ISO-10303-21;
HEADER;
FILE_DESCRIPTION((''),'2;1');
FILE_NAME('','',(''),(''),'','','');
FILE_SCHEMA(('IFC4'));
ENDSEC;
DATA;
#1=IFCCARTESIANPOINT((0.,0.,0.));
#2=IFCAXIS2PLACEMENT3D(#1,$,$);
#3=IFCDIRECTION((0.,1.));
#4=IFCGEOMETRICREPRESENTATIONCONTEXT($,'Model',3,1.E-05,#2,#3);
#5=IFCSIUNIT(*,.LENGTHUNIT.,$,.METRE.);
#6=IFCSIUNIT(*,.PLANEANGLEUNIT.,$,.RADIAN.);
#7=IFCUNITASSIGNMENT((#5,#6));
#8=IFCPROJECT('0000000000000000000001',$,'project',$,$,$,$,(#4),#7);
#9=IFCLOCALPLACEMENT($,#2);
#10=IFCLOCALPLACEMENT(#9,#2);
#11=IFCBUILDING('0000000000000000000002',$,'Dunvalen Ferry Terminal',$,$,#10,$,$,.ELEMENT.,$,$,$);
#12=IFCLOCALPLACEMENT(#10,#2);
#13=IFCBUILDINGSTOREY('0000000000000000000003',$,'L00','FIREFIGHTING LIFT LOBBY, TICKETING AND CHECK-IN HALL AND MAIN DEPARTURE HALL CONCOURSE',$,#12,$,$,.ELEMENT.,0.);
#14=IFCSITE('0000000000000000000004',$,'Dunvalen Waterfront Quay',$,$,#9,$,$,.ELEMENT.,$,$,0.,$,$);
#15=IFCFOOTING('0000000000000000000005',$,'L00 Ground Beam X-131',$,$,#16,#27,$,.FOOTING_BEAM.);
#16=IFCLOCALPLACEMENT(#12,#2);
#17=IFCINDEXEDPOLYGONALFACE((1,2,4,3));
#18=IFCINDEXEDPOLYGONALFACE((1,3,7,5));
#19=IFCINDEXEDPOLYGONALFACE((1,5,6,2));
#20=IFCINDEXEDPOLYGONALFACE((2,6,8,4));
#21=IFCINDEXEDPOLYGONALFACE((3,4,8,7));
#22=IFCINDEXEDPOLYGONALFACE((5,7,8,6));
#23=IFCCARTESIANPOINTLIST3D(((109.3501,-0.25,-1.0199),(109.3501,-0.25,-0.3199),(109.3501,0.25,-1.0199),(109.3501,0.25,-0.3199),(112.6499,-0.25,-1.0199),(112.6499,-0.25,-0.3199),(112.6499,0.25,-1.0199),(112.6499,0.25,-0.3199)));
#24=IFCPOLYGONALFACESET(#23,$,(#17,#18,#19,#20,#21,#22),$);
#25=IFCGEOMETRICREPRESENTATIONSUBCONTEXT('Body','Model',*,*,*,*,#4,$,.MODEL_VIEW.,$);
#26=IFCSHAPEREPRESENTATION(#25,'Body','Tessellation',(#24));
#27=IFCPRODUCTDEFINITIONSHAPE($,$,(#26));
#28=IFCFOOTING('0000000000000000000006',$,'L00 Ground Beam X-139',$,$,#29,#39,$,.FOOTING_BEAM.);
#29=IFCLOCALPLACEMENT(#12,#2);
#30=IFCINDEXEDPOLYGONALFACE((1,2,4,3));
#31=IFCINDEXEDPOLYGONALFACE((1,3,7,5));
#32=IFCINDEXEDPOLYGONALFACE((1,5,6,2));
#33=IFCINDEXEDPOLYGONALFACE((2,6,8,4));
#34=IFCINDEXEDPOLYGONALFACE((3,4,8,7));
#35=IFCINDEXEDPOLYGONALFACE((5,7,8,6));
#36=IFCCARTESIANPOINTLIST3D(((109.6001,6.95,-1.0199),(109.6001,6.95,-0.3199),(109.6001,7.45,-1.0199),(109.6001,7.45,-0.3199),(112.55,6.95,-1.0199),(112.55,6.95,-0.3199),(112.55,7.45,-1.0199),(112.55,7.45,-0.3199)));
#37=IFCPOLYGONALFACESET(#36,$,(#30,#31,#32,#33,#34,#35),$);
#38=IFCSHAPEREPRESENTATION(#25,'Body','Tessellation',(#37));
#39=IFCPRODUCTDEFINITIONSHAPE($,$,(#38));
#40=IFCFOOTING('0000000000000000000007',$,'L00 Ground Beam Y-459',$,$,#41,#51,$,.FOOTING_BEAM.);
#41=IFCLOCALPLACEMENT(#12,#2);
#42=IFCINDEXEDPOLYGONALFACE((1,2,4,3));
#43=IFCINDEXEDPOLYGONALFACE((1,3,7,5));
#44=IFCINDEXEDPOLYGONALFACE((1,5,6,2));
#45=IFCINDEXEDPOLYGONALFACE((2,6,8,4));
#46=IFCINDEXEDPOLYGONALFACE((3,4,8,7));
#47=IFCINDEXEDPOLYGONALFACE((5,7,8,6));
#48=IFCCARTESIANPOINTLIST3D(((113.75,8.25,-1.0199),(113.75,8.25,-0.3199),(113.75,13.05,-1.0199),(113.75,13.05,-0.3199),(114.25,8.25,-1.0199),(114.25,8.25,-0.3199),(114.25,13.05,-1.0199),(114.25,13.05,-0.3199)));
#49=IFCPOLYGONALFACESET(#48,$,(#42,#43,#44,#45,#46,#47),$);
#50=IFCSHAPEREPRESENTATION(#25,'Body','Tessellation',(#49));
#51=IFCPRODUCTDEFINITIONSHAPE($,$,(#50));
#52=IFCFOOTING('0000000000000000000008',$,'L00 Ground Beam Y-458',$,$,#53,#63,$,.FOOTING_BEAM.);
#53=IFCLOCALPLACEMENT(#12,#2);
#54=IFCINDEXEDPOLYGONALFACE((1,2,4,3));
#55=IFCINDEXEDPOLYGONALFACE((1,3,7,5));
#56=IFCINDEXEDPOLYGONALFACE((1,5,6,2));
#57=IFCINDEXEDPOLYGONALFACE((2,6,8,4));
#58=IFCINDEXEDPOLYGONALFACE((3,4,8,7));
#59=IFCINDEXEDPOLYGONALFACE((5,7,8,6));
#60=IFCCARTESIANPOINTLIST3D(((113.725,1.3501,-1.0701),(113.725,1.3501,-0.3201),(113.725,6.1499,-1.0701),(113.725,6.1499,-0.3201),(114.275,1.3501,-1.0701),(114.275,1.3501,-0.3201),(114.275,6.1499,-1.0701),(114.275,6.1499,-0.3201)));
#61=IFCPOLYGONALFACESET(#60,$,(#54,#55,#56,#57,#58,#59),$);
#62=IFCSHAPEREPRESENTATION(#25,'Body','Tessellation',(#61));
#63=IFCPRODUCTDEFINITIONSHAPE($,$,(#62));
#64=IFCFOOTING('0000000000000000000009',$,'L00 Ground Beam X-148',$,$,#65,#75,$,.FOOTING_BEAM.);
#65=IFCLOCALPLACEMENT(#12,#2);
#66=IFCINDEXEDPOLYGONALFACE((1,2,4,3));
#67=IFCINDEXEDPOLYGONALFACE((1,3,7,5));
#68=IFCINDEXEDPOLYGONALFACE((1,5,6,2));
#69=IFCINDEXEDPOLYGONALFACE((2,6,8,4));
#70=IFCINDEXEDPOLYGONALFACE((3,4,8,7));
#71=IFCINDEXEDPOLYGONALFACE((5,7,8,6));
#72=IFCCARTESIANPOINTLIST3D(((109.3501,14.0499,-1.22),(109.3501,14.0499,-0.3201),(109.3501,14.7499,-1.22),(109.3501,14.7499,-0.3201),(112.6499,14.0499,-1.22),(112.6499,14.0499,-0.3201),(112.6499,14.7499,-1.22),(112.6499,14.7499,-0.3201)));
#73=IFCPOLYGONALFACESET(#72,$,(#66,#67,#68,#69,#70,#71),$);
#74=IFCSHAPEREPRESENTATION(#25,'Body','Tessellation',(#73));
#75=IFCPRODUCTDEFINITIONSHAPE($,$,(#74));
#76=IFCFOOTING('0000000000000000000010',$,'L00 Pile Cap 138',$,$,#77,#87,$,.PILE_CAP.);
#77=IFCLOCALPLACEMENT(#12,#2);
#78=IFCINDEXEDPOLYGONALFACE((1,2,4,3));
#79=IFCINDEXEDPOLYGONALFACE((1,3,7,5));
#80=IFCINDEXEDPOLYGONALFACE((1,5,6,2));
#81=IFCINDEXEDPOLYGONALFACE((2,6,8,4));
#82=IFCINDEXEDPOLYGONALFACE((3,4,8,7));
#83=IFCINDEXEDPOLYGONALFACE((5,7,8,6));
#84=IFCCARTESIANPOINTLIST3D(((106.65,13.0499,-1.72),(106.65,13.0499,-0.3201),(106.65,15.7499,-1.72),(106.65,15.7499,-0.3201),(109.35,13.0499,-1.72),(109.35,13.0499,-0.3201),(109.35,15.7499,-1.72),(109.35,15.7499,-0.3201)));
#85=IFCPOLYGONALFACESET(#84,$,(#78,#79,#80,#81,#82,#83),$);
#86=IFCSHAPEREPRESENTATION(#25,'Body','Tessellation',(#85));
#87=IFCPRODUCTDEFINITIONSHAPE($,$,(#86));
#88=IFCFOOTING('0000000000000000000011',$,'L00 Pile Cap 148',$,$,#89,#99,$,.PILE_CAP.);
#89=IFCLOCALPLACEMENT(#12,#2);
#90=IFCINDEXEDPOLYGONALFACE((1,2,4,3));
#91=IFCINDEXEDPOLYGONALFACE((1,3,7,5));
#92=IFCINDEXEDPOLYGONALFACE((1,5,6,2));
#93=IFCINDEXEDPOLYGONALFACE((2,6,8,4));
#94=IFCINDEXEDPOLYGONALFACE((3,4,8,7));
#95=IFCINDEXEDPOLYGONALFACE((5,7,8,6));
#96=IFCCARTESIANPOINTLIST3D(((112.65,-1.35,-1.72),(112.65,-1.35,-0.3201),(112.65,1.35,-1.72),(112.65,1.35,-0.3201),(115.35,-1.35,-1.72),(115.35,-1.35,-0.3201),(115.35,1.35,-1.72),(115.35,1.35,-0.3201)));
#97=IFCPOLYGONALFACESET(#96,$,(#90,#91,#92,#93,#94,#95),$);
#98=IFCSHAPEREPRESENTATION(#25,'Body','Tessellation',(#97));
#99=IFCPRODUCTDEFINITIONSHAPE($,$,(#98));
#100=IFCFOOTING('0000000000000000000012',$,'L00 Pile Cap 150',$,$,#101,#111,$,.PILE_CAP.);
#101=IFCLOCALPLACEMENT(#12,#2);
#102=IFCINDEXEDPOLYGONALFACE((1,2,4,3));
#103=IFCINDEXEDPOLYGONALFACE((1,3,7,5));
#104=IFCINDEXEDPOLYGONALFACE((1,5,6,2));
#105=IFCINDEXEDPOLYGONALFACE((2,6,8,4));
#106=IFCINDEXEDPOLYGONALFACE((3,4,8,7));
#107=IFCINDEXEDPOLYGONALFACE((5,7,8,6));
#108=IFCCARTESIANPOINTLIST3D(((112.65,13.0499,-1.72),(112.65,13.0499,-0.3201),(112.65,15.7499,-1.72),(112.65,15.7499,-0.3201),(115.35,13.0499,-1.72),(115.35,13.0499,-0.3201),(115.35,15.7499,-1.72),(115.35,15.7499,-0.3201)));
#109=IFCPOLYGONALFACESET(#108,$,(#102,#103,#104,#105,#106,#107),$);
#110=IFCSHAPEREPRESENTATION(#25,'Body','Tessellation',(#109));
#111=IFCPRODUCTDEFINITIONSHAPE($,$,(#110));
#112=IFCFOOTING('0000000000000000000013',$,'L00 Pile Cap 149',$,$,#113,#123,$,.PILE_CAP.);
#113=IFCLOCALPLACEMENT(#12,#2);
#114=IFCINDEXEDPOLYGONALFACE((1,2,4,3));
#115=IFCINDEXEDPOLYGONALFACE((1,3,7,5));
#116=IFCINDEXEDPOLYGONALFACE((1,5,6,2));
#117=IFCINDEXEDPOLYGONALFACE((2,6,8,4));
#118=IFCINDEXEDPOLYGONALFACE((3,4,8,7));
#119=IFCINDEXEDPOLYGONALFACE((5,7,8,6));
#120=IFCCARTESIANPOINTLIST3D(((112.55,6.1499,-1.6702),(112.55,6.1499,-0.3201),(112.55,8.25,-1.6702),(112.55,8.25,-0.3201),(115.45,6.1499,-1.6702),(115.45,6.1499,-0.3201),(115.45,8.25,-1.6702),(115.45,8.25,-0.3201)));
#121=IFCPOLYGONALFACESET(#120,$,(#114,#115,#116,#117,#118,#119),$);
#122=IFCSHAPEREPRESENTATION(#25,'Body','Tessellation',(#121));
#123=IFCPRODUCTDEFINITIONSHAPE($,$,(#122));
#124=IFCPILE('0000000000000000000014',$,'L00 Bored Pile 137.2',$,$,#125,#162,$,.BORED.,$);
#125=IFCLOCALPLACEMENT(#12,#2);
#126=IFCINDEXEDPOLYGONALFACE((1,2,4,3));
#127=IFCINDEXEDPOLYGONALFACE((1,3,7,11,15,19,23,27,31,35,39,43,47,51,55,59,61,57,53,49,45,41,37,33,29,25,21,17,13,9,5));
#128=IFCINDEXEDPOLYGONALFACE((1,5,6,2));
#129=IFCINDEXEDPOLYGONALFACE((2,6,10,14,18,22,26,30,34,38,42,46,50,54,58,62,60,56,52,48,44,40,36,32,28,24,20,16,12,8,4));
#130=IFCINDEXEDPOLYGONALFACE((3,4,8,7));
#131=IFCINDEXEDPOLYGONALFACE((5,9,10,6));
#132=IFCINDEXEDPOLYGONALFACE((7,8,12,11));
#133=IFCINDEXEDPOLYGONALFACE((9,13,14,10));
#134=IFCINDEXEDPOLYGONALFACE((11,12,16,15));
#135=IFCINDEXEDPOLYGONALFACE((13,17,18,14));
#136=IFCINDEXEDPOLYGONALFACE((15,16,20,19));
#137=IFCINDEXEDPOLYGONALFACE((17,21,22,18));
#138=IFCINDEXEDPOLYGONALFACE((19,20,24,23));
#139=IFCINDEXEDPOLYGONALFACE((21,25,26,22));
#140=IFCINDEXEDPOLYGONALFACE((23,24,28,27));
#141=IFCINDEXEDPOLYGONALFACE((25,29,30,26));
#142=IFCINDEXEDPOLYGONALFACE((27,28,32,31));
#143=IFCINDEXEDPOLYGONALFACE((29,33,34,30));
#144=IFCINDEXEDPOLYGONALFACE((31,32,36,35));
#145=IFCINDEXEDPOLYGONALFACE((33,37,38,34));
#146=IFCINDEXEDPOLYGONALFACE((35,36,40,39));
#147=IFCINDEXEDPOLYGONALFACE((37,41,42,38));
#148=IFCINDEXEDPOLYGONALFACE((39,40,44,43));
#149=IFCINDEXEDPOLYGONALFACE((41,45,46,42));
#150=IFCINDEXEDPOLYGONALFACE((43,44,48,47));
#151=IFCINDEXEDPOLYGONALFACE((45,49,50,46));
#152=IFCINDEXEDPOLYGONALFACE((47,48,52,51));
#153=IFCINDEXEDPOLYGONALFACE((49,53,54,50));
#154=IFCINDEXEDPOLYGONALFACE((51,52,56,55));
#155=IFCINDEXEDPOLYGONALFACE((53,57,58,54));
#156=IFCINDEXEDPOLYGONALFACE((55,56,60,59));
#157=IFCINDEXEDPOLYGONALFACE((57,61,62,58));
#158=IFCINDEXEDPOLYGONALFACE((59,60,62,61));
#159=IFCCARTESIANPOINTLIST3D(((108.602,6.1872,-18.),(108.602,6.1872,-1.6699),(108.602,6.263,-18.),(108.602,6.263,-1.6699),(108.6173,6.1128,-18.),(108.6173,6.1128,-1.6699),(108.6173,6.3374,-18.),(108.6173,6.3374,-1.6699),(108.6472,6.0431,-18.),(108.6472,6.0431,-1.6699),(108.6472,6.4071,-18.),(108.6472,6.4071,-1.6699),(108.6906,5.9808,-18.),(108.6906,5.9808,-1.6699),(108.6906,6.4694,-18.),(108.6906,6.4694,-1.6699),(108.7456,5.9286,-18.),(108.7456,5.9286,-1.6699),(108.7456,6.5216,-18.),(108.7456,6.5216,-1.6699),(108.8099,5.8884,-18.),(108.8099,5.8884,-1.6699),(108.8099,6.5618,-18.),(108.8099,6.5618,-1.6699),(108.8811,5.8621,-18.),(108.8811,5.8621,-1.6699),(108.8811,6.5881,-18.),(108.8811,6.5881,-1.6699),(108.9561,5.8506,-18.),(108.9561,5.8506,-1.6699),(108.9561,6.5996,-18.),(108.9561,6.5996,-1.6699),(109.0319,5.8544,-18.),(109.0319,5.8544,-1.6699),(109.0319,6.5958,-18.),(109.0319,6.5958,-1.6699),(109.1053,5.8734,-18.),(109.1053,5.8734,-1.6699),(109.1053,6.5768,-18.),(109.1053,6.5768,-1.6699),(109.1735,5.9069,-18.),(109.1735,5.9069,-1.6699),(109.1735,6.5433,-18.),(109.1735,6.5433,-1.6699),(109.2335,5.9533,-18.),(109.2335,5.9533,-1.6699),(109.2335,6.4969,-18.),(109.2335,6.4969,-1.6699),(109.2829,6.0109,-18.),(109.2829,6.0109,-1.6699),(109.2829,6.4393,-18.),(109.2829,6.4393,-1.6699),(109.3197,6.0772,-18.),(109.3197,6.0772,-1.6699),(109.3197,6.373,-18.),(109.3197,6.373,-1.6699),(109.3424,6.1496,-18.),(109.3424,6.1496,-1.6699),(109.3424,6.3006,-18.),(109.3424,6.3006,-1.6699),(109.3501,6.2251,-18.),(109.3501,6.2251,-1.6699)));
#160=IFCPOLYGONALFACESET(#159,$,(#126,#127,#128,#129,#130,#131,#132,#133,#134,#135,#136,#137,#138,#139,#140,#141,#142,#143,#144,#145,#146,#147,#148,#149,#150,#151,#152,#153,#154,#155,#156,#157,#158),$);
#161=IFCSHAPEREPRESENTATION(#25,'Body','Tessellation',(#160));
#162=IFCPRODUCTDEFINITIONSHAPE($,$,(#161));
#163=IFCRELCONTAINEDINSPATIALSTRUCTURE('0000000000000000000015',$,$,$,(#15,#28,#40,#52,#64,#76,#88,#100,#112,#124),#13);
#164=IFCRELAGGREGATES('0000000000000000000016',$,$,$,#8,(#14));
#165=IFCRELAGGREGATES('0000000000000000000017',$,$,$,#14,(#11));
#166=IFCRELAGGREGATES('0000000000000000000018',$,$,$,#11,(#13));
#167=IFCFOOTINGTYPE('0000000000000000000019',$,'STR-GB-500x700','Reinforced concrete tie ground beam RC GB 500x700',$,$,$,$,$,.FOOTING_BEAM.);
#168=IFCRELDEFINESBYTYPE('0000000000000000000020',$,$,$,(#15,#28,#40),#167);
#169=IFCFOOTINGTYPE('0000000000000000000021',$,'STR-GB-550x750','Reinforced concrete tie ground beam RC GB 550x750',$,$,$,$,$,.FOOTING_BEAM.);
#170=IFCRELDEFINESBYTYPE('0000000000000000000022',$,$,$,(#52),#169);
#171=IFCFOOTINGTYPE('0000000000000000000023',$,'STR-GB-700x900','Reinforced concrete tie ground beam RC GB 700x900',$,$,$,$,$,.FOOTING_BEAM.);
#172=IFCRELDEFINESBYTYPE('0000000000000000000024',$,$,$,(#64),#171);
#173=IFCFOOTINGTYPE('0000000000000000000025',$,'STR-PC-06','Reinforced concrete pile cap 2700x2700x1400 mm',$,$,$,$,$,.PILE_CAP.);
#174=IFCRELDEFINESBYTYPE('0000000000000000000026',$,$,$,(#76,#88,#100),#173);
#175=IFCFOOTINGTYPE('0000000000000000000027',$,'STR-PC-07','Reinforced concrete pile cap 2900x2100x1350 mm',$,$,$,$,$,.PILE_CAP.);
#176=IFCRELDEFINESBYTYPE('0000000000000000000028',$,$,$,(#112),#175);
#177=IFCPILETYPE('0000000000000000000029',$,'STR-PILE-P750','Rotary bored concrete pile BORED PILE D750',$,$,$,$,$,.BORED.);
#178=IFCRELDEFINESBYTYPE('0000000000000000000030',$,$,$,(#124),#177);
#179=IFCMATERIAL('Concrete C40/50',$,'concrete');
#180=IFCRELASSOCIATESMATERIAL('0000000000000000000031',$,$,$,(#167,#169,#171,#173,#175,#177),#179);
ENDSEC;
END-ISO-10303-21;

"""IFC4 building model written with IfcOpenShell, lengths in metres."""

from ifc_helpers import new_model, si_unit, direction, frame, origin, origin_2d, place, context, subcontext, project, spatial, rectangle, circle, extrude, material, material_profile, profile_set, type_object, element, save


model = new_model("IFC4")

# Units and contexts
model_context = context("Model", 3, precision=1e-05, world=origin(), true_north=direction((0.0, 1.0)))
body_context = subcontext(model_context, "Body", "Model", "MODEL_VIEW")
ifc_project = project(units=[si_unit("LENGTHUNIT", "METRE"), si_unit("PLANEANGLEUNIT", "RADIAN")], contexts=[model_context])

# Site, building, storey
site_placement = place(None, origin())
site = spatial("IfcSite", under=ifc_project, at=site_placement, Name="Dunvalen Waterfront Quay", CompositionType="ELEMENT", RefElevation=0.0)
building_placement = place(site_placement, origin())
building = spatial("IfcBuilding", under=site, at=building_placement, Name="Dunvalen Ferry Terminal", CompositionType="ELEMENT")
storey_placement = place(building_placement, origin())
storey = spatial("IfcBuildingStorey", under=building, at=storey_placement, Name="L00", Description="FIREFIGHTING LIFT LOBBY, TICKETING AND CHECK-IN HALL AND MAIN DEPARTURE HALL CONCOURSE", CompositionType="ELEMENT", Elevation=0.0)

# Footings
ifc_material_1 = material(Name="Concrete C40/50", Category="concrete")
ifc_material_profile_1 = material_profile(ifc_material_1, rectangle(XDim=0.5, YDim=0.7, at=origin_2d()), Name="Concrete C40/50")
ifc_profile_set_1 = profile_set([ifc_material_profile_1], Name="Concrete C40/50")
footing_type_1 = type_object("IfcFootingType", Name="STR-GB-500x700", Description="Reinforced concrete tie ground beam RC GB 500x700", PredefinedType="FOOTING_BEAM", material=ifc_profile_set_1)
footing_1_placement = place(storey_placement, frame((109.3501, 0.0, -0.6699), z_axis=(1.0, 0.0, 0.0), x_axis=(0.0, 1.0, 0.0)))
element("IfcFooting", 1, at=footing_1_placement, inside=storey, type_object=footing_type_1, Name="L00 Ground Beam X-131", PredefinedType="FOOTING_BEAM", context=body_context, shape_type="SweptSolid", body=[
    extrude(rectangle(XDim=0.5, YDim=0.7, at=origin_2d()), origin(), (0.0, 0.0, 1.0), 3.2998),
])
footing_2_placement = place(storey_placement, frame((109.6001, 7.2, -0.6699), z_axis=(1.0, 0.0, 0.0), x_axis=(0.0, 1.0, 0.0)))
element("IfcFooting", 2, at=footing_2_placement, inside=storey, type_object=footing_type_1, Name="L00 Ground Beam X-139", PredefinedType="FOOTING_BEAM", context=body_context, shape_type="SweptSolid", body=[
    extrude(rectangle(XDim=0.5, YDim=0.7, at=origin_2d()), origin(), (0.0, 0.0, 1.0), 2.95),
])
footing_3_placement = place(storey_placement, frame((114.0, 8.25, -0.6699), z_axis=(0.0, 1.0, 0.0), x_axis=(-1.0, 0.0, 0.0)))
element("IfcFooting", 3, at=footing_3_placement, inside=storey, type_object=footing_type_1, Name="L00 Ground Beam Y-459", PredefinedType="FOOTING_BEAM", context=body_context, shape_type="SweptSolid", body=[
    extrude(rectangle(XDim=0.5, YDim=0.7, at=origin_2d()), origin(), (0.0, 0.0, 1.0), 4.8),
])
ifc_material_profile_2 = material_profile(ifc_material_1, rectangle(XDim=0.55, YDim=0.75, at=origin_2d()), Name="Concrete C40/50")
ifc_profile_set_2 = profile_set([ifc_material_profile_2], Name="Concrete C40/50")
footing_type_2 = type_object("IfcFootingType", Name="STR-GB-550x750", Description="Reinforced concrete tie ground beam RC GB 550x750", PredefinedType="FOOTING_BEAM", material=ifc_profile_set_2)
footing_4_placement = place(storey_placement, frame((114.0, 1.3501, -0.6951), z_axis=(0.0, 1.0, 0.0), x_axis=(-1.0, 0.0, 0.0)))
element("IfcFooting", 4, at=footing_4_placement, inside=storey, type_object=footing_type_2, Name="L00 Ground Beam Y-458", PredefinedType="FOOTING_BEAM", context=body_context, shape_type="SweptSolid", body=[
    extrude(rectangle(XDim=0.55, YDim=0.75, at=origin_2d()), origin(), (0.0, 0.0, 1.0), 4.7998),
])
ifc_material_profile_3 = material_profile(ifc_material_1, rectangle(XDim=0.7, YDim=0.8999, at=origin_2d()), Name="Concrete C40/50")
ifc_profile_set_3 = profile_set([ifc_material_profile_3], Name="Concrete C40/50")
footing_type_3 = type_object("IfcFootingType", Name="STR-GB-700x900", Description="Reinforced concrete tie ground beam RC GB 700x900", PredefinedType="FOOTING_BEAM", material=ifc_profile_set_3)
footing_5_placement = place(storey_placement, frame((109.3501, 14.3999, -0.77), z_axis=(1.0, 0.0, 0.0), x_axis=(0.0, 1.0, 0.0)))
element("IfcFooting", 5, at=footing_5_placement, inside=storey, type_object=footing_type_3, Name="L00 Ground Beam X-148", PredefinedType="FOOTING_BEAM", context=body_context, shape_type="SweptSolid", body=[
    extrude(rectangle(XDim=0.7, YDim=0.8999, at=origin_2d()), origin(), (0.0, 0.0, 1.0), 3.2998),
])
footing_type_4 = type_object("IfcFootingType", Name="STR-PC-06", Description="Reinforced concrete pile cap 2700x2700x1400 mm", PredefinedType="PILE_CAP", material=ifc_material_1)
for number, where, z_axis, x_axis, name in (
    (6, (108.0, 14.3999, -1.72), (0.0, 0.0, 1.0), (1.0, 0.0, 0.0), "L00 Pile Cap 138"),
    (7, (114.0, 0.0, -1.72), (0.0, 0.0, 1.0), (1.0, 0.0, 0.0), "L00 Pile Cap 148"),
    (8, (114.0, 14.3999, -1.72), (0.0, 0.0, 1.0), (1.0, 0.0, 0.0), "L00 Pile Cap 150"),
):
    element("IfcFooting", number, at=place(storey_placement, frame(where, z_axis=z_axis, x_axis=x_axis)), inside=storey, type_object=footing_type_4, Name=name, PredefinedType="PILE_CAP", context=body_context, shape_type="SweptSolid", body=[
        extrude(rectangle(XDim=2.7, YDim=2.7, at=origin_2d()), origin(), (0.0, 0.0, 1.0), 1.3999),
    ])
footing_type_5 = type_object("IfcFootingType", Name="STR-PC-07", Description="Reinforced concrete pile cap 2900x2100x1350 mm", PredefinedType="PILE_CAP", material=ifc_material_1)
footing_6_placement = place(storey_placement, frame((114.0, 7.2, -1.6702), z_axis=(0.0, 0.0, 1.0), x_axis=(1.0, 0.0, 0.0)))
element("IfcFooting", 9, at=footing_6_placement, inside=storey, type_object=footing_type_5, Name="L00 Pile Cap 149", PredefinedType="PILE_CAP", context=body_context, shape_type="SweptSolid", body=[
    extrude(rectangle(XDim=2.8999, YDim=2.1001, at=origin_2d()), origin(), (0.0, 0.0, 1.0), 1.3501),
])

# Pile
ifc_material_profile_4 = material_profile(ifc_material_1, circle(Radius=0.375, at=origin_2d()), Name="Concrete C40/50")
ifc_profile_set_4 = profile_set([ifc_material_profile_4], Name="Concrete C40/50")
pile_type = type_object("IfcPileType", Name="STR-PILE-P750", Description="Rotary bored concrete pile BORED PILE D750", PredefinedType="BORED", material=ifc_profile_set_4)
for number, where, z_axis, x_axis, name in (
    (10, (108.9751, 6.2251, -1.6699), (0.0, 0.0, -1.0), (1.0, 0.0, 0.0), "L00 Bored Pile 137.2"),
):
    element("IfcPile", number, at=place(storey_placement, frame(where, z_axis=z_axis, x_axis=x_axis)), inside=storey, type_object=pile_type, Name=name, PredefinedType="BORED", context=body_context, shape_type="SweptSolid", body=[
        extrude(circle(Radius=0.375, at=origin_2d()), origin(), (0.0, 0.0, 1.0), 16.3301),
    ])

save(model, "model.ifc")
